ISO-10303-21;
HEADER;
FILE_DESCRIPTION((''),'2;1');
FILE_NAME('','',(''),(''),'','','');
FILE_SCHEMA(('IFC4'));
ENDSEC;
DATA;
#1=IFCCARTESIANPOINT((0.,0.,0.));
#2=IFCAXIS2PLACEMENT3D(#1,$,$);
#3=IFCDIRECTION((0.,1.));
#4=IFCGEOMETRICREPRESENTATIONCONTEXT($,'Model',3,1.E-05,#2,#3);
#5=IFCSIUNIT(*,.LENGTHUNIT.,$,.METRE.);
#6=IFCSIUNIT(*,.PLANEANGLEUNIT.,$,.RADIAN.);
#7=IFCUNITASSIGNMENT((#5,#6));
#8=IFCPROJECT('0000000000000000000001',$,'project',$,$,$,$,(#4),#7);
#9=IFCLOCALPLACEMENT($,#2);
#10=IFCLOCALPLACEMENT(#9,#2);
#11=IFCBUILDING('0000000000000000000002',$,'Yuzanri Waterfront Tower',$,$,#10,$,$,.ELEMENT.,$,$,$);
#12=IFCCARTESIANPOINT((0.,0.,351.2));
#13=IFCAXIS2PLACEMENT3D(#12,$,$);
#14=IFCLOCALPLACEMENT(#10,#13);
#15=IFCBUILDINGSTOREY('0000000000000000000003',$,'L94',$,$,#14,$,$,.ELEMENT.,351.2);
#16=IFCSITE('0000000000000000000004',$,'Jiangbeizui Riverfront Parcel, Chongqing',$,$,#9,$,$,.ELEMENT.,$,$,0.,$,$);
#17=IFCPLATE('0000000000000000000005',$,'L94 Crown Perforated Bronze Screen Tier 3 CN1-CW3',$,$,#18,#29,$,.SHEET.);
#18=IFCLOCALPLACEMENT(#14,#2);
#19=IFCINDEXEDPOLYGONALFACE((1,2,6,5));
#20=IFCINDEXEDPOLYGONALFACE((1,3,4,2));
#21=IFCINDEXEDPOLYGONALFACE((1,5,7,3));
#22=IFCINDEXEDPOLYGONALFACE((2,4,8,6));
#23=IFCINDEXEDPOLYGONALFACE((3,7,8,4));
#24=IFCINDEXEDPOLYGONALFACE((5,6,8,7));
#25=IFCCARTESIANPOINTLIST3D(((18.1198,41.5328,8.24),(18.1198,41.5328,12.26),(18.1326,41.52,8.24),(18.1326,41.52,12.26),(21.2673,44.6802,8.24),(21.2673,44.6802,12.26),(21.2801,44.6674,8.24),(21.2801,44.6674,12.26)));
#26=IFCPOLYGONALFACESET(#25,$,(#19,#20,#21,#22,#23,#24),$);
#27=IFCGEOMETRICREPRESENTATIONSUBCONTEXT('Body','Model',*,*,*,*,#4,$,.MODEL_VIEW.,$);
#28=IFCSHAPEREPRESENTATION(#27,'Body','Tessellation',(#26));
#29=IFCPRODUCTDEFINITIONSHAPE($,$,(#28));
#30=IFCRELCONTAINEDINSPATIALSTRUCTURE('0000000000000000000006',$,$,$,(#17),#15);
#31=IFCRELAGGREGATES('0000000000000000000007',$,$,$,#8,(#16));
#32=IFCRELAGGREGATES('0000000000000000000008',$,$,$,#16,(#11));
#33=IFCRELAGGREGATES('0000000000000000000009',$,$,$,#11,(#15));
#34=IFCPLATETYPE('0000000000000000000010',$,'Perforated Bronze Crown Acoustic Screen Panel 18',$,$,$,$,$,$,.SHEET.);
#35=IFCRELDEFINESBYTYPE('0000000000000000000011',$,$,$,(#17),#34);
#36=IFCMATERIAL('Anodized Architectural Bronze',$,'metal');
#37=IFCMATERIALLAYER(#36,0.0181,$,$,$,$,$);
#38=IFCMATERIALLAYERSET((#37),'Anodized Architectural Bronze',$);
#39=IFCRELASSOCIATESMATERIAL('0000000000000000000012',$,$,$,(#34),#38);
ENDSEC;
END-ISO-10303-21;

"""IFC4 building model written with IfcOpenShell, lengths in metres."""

from ifc_helpers import new_model, si_unit, direction, frame, origin, origin_2d, place, context, subcontext, project, spatial, rectangle, extrude, source, transform, mapped, material, layer, layer_set, type_object, element, save


model = new_model("IFC4")

# Units and contexts
model_context = context("Model", 3, precision=1e-05, world=origin(), true_north=direction((0.0, 1.0)))
body_context = subcontext(model_context, "Body", "Model", "MODEL_VIEW")
ifc_project = project(units=[si_unit("LENGTHUNIT", "METRE"), si_unit("PLANEANGLEUNIT", "RADIAN")], contexts=[model_context])

# Site, building, storey
site_placement = place(None, origin())
site = spatial("IfcSite", under=ifc_project, at=site_placement, Name="Jiangbeizui Riverfront Parcel, Chongqing", CompositionType="ELEMENT", RefElevation=0.0)
building_placement = place(site_placement, origin())
building = spatial("IfcBuilding", under=site, at=building_placement, Name="Yuzanri Waterfront Tower", CompositionType="ELEMENT")
storey_placement = place(building_placement, frame((0.0, 0.0, 351.2)))
storey = spatial("IfcBuildingStorey", under=building, at=storey_placement, Name="L94", CompositionType="ELEMENT", Elevation=351.2)

# Plate
ifc_material_1 = material(Name="Anodized Architectural Bronze", Category="metal")
ifc_layer_1 = layer(ifc_material_1, 0.0181)
ifc_layer_set_1 = layer_set([ifc_layer_1], Name="Anodized Architectural Bronze")
plate_type_1 = type_object("IfcPlateType", Name="Perforated Bronze Crown Acoustic Screen Panel 18", PredefinedType="SHEET", material=ifc_layer_set_1)
shared_shape_1 = source(origin(), body_context, "Body", "SweptSolid", [
    extrude(rectangle(XDim=4.4512, YDim=0.0181, at=origin_2d()), origin(), (0.0, 0.0, 1.0), 4.02),
])
plate_1_placement = place(storey_placement, frame((19.7, 43.1001, 8.24), z_axis=(0.0, 0.0, 1.0), x_axis=(-0.707107, -0.707107, 0.0)))
element("IfcPlate", 1, at=plate_1_placement, inside=storey, type_object=plate_type_1, Name="L94 Crown Perforated Bronze Screen Tier 3 CN1-CW3", PredefinedType="SHEET", context=body_context, shape_type="MappedRepresentation", body=[
    mapped(shared_shape_1, transform((0.0, 0.0, 0.0), scale=1.0)),
])

save(model, "model.ifc")
